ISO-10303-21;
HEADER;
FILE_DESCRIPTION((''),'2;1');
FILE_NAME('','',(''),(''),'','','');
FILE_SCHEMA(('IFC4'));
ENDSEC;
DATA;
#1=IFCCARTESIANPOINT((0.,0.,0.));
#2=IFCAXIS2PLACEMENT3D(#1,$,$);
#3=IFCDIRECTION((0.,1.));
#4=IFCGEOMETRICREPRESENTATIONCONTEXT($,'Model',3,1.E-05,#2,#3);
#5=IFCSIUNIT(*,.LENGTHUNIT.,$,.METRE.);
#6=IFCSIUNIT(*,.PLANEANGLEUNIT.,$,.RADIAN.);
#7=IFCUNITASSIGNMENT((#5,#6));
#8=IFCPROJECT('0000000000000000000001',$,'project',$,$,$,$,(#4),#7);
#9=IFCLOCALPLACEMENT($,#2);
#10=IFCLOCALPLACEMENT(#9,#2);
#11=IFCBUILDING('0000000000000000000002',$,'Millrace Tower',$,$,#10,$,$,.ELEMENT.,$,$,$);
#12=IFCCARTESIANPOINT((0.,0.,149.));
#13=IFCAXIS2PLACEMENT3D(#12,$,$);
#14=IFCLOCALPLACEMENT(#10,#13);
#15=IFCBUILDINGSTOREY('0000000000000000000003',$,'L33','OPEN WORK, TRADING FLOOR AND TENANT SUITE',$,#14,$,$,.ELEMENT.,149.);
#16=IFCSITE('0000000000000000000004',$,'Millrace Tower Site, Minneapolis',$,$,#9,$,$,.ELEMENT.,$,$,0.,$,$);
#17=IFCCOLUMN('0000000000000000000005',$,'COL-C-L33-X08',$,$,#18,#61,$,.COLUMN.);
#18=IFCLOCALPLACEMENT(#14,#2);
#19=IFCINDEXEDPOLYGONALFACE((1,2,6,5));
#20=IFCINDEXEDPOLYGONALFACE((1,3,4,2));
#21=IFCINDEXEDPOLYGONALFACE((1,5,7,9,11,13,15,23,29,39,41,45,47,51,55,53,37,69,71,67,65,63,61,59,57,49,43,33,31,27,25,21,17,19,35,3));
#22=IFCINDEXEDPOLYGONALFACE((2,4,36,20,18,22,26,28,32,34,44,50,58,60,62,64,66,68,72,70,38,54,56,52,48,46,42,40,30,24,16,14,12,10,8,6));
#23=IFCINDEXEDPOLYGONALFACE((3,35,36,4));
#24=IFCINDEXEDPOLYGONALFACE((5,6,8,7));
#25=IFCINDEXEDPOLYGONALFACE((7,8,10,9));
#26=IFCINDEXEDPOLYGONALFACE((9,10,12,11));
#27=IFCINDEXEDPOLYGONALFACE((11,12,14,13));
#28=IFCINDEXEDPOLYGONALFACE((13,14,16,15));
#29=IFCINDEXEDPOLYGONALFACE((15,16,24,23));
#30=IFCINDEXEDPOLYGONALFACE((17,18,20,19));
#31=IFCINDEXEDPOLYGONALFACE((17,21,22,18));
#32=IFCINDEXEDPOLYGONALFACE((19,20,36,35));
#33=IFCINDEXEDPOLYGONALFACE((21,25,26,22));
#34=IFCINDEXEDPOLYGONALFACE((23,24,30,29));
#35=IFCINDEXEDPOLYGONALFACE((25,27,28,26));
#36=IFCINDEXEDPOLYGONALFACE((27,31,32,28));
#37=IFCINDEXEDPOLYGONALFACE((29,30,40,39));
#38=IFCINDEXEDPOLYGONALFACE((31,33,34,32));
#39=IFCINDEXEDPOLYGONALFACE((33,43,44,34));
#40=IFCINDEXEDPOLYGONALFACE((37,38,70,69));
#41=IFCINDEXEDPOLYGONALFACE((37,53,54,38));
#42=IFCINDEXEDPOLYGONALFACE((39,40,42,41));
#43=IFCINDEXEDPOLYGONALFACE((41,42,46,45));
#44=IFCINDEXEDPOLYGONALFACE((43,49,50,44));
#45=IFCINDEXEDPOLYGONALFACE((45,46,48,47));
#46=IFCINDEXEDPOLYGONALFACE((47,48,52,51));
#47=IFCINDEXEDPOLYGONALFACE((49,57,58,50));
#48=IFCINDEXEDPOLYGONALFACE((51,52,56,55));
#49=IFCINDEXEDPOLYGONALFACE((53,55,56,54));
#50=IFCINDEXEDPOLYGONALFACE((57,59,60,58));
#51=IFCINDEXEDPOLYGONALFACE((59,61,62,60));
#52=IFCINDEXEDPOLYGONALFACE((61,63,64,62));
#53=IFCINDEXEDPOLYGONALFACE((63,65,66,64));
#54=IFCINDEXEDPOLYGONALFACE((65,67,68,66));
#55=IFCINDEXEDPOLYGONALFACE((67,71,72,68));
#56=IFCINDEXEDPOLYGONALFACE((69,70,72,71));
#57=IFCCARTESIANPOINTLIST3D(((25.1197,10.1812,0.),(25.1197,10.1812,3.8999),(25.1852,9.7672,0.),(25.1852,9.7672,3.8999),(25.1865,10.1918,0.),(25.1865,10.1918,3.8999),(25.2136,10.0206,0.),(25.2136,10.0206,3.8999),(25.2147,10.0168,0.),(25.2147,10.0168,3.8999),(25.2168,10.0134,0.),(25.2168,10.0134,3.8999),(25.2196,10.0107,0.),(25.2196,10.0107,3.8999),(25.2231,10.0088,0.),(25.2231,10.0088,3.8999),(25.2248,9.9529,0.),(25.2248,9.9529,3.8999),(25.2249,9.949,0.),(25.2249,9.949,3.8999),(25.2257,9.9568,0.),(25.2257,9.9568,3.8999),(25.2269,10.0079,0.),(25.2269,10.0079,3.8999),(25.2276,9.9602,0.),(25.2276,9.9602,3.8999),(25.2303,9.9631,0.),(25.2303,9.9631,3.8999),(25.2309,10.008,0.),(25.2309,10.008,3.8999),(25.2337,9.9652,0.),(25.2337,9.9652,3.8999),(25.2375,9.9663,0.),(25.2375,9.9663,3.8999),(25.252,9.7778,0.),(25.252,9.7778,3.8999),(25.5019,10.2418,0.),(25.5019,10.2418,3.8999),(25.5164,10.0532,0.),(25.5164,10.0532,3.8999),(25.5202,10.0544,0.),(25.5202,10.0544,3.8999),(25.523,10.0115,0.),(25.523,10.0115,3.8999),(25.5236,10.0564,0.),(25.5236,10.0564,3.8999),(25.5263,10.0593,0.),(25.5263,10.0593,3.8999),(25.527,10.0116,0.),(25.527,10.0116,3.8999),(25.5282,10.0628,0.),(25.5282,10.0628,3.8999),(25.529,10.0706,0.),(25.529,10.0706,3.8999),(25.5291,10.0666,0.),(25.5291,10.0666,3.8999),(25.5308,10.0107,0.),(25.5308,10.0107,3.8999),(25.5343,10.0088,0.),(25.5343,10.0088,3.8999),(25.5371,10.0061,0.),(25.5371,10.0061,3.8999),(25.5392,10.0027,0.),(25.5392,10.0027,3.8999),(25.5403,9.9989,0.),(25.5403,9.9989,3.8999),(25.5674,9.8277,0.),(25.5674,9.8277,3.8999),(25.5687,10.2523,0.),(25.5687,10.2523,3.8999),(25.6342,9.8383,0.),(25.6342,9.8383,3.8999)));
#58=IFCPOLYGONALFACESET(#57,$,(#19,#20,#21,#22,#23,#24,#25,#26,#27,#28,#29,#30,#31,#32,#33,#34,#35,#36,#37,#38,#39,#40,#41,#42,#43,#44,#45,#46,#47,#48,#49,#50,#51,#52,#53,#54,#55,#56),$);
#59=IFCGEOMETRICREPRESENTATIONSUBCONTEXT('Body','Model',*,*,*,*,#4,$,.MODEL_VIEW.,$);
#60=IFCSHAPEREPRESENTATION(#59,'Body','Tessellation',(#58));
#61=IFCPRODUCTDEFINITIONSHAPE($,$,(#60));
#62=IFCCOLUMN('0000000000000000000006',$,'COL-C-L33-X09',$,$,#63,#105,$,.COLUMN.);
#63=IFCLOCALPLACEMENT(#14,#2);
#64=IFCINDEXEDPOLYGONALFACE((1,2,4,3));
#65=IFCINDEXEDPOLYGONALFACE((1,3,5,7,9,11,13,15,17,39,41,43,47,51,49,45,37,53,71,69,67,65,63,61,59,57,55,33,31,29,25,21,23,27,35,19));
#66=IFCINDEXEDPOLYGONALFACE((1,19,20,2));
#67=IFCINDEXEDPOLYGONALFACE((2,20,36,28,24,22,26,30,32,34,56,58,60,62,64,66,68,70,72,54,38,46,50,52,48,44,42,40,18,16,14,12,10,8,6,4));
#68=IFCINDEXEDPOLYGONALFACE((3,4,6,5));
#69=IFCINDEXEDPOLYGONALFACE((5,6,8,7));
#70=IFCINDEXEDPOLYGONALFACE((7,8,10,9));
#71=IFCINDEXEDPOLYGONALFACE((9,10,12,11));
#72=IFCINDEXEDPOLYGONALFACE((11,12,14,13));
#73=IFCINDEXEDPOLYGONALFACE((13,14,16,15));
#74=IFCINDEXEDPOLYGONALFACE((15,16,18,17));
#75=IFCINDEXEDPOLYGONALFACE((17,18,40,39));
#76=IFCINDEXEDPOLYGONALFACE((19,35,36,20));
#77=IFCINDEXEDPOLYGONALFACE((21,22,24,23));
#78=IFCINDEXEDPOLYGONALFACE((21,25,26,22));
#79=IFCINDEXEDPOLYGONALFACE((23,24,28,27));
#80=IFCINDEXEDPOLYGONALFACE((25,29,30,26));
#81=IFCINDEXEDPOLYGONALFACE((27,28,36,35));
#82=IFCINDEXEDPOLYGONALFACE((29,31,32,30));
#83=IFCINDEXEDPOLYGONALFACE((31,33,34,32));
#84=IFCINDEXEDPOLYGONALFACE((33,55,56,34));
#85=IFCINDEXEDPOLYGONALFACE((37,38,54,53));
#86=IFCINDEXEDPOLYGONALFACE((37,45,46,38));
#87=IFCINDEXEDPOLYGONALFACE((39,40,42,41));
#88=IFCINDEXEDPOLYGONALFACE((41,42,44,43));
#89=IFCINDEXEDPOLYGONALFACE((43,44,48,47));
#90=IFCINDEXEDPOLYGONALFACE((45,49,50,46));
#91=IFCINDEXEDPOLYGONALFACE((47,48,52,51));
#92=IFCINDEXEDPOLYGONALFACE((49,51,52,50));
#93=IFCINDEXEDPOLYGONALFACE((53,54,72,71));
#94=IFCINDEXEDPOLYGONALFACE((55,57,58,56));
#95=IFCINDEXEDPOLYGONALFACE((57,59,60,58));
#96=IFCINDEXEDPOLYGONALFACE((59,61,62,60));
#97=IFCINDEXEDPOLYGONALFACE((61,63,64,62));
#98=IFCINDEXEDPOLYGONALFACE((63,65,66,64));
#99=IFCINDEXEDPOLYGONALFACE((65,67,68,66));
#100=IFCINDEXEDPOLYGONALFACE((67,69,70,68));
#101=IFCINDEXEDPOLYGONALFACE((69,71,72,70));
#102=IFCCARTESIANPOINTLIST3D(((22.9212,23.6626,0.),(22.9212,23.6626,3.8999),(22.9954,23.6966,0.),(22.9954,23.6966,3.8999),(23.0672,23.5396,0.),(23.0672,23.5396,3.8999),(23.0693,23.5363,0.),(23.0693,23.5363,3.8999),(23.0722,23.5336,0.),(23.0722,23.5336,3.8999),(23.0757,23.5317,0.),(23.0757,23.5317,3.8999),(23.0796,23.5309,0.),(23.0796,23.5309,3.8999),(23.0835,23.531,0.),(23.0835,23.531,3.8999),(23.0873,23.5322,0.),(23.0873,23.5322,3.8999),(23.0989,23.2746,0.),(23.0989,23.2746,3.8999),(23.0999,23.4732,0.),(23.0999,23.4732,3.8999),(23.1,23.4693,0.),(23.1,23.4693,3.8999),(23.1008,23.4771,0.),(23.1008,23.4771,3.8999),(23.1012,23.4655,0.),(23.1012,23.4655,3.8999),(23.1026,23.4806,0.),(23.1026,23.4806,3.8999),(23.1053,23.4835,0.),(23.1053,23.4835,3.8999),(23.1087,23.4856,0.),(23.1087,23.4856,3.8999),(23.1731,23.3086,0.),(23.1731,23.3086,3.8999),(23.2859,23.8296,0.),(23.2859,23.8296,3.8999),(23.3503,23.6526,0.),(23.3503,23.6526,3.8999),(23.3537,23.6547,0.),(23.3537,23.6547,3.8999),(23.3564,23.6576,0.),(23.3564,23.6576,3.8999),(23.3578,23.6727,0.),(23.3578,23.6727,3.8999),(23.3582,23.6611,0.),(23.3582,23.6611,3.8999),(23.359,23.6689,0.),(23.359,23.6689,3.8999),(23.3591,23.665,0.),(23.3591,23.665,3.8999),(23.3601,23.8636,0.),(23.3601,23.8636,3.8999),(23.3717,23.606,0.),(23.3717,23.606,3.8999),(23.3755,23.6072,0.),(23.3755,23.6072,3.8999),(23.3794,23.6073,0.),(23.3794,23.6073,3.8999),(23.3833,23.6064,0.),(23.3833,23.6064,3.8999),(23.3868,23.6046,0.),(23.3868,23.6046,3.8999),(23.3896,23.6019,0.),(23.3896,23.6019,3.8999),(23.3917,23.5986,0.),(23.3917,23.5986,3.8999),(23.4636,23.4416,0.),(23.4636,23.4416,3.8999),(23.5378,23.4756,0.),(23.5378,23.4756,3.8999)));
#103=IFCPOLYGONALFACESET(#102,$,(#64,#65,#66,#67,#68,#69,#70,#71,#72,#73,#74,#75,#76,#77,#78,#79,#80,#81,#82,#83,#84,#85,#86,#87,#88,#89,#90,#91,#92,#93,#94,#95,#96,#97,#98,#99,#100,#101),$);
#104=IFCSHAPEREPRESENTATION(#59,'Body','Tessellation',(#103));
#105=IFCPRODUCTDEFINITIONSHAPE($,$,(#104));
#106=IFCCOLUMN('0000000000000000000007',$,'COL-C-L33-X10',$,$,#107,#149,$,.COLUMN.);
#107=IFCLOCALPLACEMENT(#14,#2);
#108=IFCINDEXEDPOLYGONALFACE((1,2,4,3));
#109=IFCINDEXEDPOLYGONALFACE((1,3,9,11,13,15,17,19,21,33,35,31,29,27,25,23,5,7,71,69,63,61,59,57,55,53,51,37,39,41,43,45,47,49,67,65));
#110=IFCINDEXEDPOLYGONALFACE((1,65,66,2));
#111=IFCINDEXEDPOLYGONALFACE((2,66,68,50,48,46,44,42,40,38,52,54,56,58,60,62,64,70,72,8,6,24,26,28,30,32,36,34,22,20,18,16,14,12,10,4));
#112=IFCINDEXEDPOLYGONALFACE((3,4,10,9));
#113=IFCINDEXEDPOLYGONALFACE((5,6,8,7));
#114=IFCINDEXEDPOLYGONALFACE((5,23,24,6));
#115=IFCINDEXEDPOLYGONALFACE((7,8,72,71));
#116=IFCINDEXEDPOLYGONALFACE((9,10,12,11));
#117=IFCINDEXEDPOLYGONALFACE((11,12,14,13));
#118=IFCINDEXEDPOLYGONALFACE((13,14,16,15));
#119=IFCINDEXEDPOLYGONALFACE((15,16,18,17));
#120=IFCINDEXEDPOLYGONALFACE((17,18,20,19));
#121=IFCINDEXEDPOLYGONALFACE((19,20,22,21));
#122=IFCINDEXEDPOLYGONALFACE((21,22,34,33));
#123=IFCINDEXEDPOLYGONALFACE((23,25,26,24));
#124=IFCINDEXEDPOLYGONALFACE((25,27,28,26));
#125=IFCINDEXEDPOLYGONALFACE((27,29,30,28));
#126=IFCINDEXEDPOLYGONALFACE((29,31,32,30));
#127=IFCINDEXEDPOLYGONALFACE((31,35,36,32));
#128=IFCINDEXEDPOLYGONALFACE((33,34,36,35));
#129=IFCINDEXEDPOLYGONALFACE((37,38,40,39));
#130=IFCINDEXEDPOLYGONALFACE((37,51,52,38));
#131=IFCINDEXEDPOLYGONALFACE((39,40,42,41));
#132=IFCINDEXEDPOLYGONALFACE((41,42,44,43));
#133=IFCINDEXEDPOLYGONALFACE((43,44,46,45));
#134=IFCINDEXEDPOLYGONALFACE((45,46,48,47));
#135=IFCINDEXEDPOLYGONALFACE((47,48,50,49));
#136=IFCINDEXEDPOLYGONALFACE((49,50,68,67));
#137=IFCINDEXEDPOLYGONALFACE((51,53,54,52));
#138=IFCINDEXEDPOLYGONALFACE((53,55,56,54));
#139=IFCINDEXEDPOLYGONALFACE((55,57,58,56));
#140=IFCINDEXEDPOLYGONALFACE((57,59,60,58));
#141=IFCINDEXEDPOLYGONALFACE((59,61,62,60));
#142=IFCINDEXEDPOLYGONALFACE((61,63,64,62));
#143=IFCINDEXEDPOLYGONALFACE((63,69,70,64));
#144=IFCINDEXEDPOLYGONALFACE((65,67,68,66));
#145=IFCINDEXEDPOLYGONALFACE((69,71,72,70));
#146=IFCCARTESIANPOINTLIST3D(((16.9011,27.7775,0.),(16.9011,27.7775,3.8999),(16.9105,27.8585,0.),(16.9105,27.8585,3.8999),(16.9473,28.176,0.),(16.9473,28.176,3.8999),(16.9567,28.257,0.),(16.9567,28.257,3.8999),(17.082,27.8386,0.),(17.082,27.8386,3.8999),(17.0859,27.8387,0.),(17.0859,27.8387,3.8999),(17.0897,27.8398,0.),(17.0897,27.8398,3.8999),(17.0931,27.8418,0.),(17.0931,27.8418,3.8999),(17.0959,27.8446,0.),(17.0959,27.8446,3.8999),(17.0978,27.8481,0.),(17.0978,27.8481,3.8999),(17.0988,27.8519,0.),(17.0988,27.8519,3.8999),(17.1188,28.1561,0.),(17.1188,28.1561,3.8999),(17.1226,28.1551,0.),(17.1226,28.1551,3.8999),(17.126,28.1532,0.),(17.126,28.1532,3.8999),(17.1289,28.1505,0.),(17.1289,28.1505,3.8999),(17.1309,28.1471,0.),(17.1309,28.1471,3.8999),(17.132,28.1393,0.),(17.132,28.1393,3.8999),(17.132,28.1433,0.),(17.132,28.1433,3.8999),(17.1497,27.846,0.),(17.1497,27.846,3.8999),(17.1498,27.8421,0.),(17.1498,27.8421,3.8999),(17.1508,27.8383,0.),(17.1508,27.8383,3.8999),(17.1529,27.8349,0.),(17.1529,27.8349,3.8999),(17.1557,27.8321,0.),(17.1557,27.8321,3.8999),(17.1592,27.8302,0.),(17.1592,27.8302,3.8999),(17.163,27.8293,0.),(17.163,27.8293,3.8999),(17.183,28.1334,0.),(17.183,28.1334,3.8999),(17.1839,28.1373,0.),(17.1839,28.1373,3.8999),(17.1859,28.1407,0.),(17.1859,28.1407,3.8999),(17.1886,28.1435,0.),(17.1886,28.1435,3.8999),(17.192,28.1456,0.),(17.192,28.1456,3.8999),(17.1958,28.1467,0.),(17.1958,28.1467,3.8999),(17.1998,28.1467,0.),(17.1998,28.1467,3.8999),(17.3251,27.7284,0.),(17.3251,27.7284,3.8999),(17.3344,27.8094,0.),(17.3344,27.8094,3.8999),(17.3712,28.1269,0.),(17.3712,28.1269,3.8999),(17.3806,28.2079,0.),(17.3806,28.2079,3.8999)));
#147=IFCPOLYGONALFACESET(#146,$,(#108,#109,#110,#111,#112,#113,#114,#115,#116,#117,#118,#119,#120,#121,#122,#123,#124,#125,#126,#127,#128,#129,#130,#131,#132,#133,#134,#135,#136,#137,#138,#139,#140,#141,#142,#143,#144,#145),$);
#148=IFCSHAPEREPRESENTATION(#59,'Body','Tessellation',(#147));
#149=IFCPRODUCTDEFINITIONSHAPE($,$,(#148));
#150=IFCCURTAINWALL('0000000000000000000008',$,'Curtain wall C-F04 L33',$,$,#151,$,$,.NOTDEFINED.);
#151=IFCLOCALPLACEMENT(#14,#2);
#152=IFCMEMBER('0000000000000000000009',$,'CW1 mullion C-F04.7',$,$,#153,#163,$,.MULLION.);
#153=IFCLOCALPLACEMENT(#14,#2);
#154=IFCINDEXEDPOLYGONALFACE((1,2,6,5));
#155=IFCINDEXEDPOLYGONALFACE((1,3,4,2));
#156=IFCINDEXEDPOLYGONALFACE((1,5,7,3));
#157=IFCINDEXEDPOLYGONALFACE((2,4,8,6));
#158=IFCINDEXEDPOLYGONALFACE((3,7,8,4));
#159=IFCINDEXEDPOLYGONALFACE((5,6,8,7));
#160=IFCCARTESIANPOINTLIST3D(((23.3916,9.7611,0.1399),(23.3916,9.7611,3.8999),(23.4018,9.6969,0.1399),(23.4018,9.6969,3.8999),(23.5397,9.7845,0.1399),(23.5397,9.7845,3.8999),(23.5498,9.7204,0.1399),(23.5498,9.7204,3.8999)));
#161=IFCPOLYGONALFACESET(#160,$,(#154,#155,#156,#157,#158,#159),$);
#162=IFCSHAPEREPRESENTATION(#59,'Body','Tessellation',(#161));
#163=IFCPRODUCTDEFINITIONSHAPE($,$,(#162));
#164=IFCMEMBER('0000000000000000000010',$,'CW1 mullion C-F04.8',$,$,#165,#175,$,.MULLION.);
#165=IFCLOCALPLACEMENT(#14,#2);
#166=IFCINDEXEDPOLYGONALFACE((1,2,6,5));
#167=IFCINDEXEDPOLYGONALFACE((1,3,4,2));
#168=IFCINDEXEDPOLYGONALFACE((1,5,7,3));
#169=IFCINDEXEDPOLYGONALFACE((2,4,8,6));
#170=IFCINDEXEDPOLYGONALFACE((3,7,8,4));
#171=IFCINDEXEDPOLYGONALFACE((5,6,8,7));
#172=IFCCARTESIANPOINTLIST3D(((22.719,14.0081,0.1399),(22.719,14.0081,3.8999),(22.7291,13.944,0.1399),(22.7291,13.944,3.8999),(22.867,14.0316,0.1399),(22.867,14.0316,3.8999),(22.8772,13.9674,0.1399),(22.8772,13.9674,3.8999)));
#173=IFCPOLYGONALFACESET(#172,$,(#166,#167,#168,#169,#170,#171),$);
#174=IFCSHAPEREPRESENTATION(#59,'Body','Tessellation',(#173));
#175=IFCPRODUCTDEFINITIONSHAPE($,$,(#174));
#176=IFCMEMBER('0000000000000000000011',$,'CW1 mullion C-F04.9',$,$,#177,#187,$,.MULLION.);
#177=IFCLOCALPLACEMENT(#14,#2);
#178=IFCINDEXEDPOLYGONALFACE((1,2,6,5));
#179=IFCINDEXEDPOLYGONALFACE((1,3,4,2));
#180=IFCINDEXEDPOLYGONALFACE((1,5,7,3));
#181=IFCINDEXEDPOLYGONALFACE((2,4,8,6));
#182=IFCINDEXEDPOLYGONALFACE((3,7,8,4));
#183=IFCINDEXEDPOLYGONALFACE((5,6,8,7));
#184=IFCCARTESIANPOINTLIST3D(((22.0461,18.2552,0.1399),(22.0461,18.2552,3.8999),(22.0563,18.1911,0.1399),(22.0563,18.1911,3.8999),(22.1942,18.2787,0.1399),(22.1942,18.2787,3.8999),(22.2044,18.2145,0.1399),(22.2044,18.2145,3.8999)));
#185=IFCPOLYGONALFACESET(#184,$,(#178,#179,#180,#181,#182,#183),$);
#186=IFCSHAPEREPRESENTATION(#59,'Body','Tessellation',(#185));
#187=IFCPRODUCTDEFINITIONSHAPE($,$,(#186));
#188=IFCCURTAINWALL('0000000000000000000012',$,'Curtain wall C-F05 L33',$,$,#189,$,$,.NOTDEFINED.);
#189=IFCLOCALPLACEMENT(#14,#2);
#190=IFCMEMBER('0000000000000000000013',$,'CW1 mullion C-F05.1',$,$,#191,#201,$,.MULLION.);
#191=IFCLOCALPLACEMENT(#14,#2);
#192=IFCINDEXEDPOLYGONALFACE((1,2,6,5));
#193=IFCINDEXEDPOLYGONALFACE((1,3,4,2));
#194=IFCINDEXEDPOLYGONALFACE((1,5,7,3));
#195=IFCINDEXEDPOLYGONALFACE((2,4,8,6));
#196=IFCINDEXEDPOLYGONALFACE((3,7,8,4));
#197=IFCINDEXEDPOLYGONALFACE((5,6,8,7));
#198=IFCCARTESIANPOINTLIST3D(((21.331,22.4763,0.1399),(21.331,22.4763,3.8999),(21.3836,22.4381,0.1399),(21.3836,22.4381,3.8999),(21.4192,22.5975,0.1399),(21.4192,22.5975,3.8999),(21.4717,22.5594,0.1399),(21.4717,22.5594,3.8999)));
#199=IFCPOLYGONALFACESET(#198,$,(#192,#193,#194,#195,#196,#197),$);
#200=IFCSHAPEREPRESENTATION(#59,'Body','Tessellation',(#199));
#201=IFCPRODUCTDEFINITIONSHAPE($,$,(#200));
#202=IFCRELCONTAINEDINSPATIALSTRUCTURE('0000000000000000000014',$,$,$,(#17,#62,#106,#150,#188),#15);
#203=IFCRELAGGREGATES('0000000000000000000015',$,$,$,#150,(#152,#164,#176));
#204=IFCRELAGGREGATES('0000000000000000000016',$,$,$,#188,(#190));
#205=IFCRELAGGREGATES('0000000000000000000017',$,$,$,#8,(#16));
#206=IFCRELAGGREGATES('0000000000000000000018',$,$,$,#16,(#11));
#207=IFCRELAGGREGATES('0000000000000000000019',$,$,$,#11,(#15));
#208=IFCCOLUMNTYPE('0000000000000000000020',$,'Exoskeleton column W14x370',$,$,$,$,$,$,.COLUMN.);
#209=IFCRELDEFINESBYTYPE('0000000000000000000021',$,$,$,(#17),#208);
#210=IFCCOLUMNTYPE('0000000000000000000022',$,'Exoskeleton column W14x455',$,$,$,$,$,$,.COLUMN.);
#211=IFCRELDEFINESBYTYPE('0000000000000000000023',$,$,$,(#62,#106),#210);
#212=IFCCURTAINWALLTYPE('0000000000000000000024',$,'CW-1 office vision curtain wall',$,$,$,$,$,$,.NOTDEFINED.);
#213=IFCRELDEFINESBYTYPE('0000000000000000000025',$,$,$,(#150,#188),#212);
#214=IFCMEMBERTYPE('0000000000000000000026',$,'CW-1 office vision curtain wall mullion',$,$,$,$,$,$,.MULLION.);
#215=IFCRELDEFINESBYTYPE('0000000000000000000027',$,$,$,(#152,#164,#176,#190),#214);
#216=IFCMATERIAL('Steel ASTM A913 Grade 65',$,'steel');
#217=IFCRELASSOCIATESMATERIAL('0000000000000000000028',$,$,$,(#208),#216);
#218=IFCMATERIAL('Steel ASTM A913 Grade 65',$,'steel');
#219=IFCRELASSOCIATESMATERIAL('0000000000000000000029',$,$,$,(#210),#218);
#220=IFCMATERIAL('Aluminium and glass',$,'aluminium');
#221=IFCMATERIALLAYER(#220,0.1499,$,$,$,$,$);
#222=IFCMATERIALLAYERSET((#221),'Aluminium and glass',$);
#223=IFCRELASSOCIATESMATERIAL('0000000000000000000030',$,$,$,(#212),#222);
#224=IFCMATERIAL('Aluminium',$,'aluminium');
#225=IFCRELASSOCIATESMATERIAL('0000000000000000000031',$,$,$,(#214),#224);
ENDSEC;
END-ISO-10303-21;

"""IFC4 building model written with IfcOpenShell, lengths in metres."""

from ifc_helpers import new_model, si_unit, direction, frame, origin, origin_2d, place, context, subcontext, project, spatial, rectangle, i_section, extrude, material, layer, layer_set, material_profile, profile_set, type_object, element, aggregate, save


model = new_model("IFC4")

# Units and contexts
model_context = context("Model", 3, precision=1e-05, world=origin(), true_north=direction((0.0, 1.0)))
body_context = subcontext(model_context, "Body", "Model", "MODEL_VIEW")
ifc_project = project(units=[si_unit("LENGTHUNIT", "METRE"), si_unit("PLANEANGLEUNIT", "RADIAN")], contexts=[model_context])

# Site, building, storey
site_placement = place(None, origin())
site = spatial("IfcSite", under=ifc_project, at=site_placement, Name="Millrace Tower Site, Minneapolis", CompositionType="ELEMENT", RefElevation=0.0)
building_placement = place(site_placement, origin())
building = spatial("IfcBuilding", under=site, at=building_placement, Name="Millrace Tower", CompositionType="ELEMENT")
storey_placement = place(building_placement, frame((0.0, 0.0, 149.0)))
storey = spatial("IfcBuildingStorey", under=building, at=storey_placement, Name="L33", Description="OPEN WORK, TRADING FLOOR AND TENANT SUITE", CompositionType="ELEMENT", Elevation=149.0)

# Columns
ifc_material_1 = material(Name="Steel ASTM A913 Grade 65", Category="steel")
ifc_material_profile_1 = material_profile(ifc_material_1, i_section(OverallWidth=0.4192, OverallDepth=0.4546, WebThickness=0.0422, FlangeThickness=0.0676, FilletRadius=0.0151, at=origin_2d()))
ifc_profile_set_1 = profile_set([ifc_material_profile_1], Name="Steel ASTM A913 Grade 65")
column_type_1 = type_object("IfcColumnType", Name="Exoskeleton column W14x370", PredefinedType="COLUMN", material=ifc_profile_set_1)
column_placement = place(storey_placement, frame((25.377, 10.0098, 0.0), z_axis=(0.0, 0.0, 1.0), x_axis=(-0.156434, 0.987688, 0.0)))
element("IfcColumn", 1, at=column_placement, inside=storey, type_object=column_type_1, Name="COL-C-L33-X08", PredefinedType="COLUMN", context=body_context, shape_type="SweptSolid", body=[
    extrude(i_section(OverallWidth=0.4192, OverallDepth=0.4546, WebThickness=0.0422, FlangeThickness=0.0676, FilletRadius=0.0151, at=origin_2d()), origin(), (0.0, 0.0, 1.0), 3.8999),
])
ifc_material_2 = material(Name="Steel ASTM A913 Grade 65", Category="steel")
ifc_material_profile_2 = material_profile(ifc_material_2, i_section(OverallWidth=0.4268, OverallDepth=0.4827, WebThickness=0.0513, FlangeThickness=0.0815, FilletRadius=0.0151, at=origin_2d()))
ifc_profile_set_2 = profile_set([ifc_material_profile_2], Name="Steel ASTM A913 Grade 65")
column_type_2 = type_object("IfcColumnType", Name="Exoskeleton column W14x455", PredefinedType="COLUMN", material=ifc_profile_set_2)
for number, where, z_axis, x_axis, name in (
    (2, (23.2295, 23.5691, 0.0), (0.0, 0.0, 1.0), (-0.416401, 0.909181, 0.0), "COL-C-L33-X09"),
    (3, (17.1409, 27.9927, 0.0), (0.0, 0.0, 1.0), (-0.993358, 0.115069, 0.0), "COL-C-L33-X10"),
):
    element("IfcColumn", number, at=place(storey_placement, frame(where, z_axis=z_axis, x_axis=x_axis)), inside=storey, type_object=column_type_2, Name=name, PredefinedType="COLUMN", context=body_context, shape_type="SweptSolid", body=[
        extrude(i_section(OverallWidth=0.4268, OverallDepth=0.4827, WebThickness=0.0513, FlangeThickness=0.0815, FilletRadius=0.0151, at=origin_2d()), origin(), (0.0, 0.0, 1.0), 3.8999),
    ])

# Curtain wall, members
ifc_material_3 = material(Name="Aluminium and glass", Category="aluminium")
ifc_layer_1 = layer(ifc_material_3, 0.1499)
ifc_layer_set_1 = layer_set([ifc_layer_1], Name="Aluminium and glass")
curtain_wall_type = type_object("IfcCurtainWallType", Name="CW-1 office vision curtain wall", PredefinedType="NOTDEFINED", material=ifc_layer_set_1)
placement = place(storey_placement, origin())
curtain_wall_1 = element("IfcCurtainWall", 4, at=placement, inside=storey, type_object=curtain_wall_type, Name="Curtain wall C-F04 L33", PredefinedType="NOTDEFINED")
ifc_material_4 = material(Name="Aluminium", Category="aluminium")
ifc_material_profile_3 = material_profile(ifc_material_4, rectangle(XDim=0.0649, YDim=0.1499, at=origin_2d()))
ifc_profile_set_3 = profile_set([ifc_material_profile_3], Name="Aluminium")
member_type_1 = type_object("IfcMemberType", Name="CW-1 office vision curtain wall mullion", PredefinedType="MULLION", material=ifc_profile_set_3)
member_1_placement = place(storey_placement, frame((23.4707, 9.7407, 0.1399), z_axis=(0.0, 0.0, 1.0), x_axis=(-0.156434, 0.987688, 0.0)))
member_1 = element("IfcMember", 5, at=member_1_placement, type_object=member_type_1, Name="CW1 mullion C-F04.7", PredefinedType="MULLION", context=body_context, shape_type="SweptSolid", body=[
    extrude(rectangle(XDim=0.0649, YDim=0.1499, at=origin_2d()), origin(), (0.0, 0.0, 1.0), 3.76),
])
member_2_placement = place(storey_placement, frame((22.7981, 13.9878, 0.1399), z_axis=(0.0, 0.0, 1.0), x_axis=(-0.156434, 0.987688, 0.0)))
member_2 = element("IfcMember", 6, at=member_2_placement, type_object=member_type_1, Name="CW1 mullion C-F04.8", PredefinedType="MULLION", context=body_context, shape_type="SweptSolid", body=[
    extrude(rectangle(XDim=0.0649, YDim=0.1499, at=origin_2d()), origin(), (0.0, 0.0, 1.0), 3.76),
])
member_3_placement = place(storey_placement, frame((22.1252, 18.2349, 0.1399), z_axis=(0.0, 0.0, 1.0), x_axis=(-0.156434, 0.987688, 0.0)))
member_3 = element("IfcMember", 7, at=member_3_placement, type_object=member_type_1, Name="CW1 mullion C-F04.9", PredefinedType="MULLION", context=body_context, shape_type="SweptSolid", body=[
    extrude(rectangle(XDim=0.0649, YDim=0.1499, at=origin_2d()), origin(), (0.0, 0.0, 1.0), 3.76),
])
aggregate(curtain_wall_1, [member_1, member_2, member_3])

# Curtain wall, member
curtain_wall_2 = element("IfcCurtainWall", 8, at=placement, inside=storey, type_object=curtain_wall_type, Name="Curtain wall C-F05 L33", PredefinedType="NOTDEFINED")
member_4_placement = place(storey_placement, frame((21.4014, 22.5178, 0.1399), z_axis=(0.0, 0.0, 1.0), x_axis=(-0.809017, 0.587785, 0.0)))
member_4 = element("IfcMember", 9, at=member_4_placement, type_object=member_type_1, Name="CW1 mullion C-F05.1", PredefinedType="MULLION", context=body_context, shape_type="SweptSolid", body=[
    extrude(rectangle(XDim=0.0649, YDim=0.1499, at=origin_2d()), origin(), (0.0, 0.0, 1.0), 3.76),
])

aggregate(curtain_wall_2, [member_4])

save(model, "model.ifc")
